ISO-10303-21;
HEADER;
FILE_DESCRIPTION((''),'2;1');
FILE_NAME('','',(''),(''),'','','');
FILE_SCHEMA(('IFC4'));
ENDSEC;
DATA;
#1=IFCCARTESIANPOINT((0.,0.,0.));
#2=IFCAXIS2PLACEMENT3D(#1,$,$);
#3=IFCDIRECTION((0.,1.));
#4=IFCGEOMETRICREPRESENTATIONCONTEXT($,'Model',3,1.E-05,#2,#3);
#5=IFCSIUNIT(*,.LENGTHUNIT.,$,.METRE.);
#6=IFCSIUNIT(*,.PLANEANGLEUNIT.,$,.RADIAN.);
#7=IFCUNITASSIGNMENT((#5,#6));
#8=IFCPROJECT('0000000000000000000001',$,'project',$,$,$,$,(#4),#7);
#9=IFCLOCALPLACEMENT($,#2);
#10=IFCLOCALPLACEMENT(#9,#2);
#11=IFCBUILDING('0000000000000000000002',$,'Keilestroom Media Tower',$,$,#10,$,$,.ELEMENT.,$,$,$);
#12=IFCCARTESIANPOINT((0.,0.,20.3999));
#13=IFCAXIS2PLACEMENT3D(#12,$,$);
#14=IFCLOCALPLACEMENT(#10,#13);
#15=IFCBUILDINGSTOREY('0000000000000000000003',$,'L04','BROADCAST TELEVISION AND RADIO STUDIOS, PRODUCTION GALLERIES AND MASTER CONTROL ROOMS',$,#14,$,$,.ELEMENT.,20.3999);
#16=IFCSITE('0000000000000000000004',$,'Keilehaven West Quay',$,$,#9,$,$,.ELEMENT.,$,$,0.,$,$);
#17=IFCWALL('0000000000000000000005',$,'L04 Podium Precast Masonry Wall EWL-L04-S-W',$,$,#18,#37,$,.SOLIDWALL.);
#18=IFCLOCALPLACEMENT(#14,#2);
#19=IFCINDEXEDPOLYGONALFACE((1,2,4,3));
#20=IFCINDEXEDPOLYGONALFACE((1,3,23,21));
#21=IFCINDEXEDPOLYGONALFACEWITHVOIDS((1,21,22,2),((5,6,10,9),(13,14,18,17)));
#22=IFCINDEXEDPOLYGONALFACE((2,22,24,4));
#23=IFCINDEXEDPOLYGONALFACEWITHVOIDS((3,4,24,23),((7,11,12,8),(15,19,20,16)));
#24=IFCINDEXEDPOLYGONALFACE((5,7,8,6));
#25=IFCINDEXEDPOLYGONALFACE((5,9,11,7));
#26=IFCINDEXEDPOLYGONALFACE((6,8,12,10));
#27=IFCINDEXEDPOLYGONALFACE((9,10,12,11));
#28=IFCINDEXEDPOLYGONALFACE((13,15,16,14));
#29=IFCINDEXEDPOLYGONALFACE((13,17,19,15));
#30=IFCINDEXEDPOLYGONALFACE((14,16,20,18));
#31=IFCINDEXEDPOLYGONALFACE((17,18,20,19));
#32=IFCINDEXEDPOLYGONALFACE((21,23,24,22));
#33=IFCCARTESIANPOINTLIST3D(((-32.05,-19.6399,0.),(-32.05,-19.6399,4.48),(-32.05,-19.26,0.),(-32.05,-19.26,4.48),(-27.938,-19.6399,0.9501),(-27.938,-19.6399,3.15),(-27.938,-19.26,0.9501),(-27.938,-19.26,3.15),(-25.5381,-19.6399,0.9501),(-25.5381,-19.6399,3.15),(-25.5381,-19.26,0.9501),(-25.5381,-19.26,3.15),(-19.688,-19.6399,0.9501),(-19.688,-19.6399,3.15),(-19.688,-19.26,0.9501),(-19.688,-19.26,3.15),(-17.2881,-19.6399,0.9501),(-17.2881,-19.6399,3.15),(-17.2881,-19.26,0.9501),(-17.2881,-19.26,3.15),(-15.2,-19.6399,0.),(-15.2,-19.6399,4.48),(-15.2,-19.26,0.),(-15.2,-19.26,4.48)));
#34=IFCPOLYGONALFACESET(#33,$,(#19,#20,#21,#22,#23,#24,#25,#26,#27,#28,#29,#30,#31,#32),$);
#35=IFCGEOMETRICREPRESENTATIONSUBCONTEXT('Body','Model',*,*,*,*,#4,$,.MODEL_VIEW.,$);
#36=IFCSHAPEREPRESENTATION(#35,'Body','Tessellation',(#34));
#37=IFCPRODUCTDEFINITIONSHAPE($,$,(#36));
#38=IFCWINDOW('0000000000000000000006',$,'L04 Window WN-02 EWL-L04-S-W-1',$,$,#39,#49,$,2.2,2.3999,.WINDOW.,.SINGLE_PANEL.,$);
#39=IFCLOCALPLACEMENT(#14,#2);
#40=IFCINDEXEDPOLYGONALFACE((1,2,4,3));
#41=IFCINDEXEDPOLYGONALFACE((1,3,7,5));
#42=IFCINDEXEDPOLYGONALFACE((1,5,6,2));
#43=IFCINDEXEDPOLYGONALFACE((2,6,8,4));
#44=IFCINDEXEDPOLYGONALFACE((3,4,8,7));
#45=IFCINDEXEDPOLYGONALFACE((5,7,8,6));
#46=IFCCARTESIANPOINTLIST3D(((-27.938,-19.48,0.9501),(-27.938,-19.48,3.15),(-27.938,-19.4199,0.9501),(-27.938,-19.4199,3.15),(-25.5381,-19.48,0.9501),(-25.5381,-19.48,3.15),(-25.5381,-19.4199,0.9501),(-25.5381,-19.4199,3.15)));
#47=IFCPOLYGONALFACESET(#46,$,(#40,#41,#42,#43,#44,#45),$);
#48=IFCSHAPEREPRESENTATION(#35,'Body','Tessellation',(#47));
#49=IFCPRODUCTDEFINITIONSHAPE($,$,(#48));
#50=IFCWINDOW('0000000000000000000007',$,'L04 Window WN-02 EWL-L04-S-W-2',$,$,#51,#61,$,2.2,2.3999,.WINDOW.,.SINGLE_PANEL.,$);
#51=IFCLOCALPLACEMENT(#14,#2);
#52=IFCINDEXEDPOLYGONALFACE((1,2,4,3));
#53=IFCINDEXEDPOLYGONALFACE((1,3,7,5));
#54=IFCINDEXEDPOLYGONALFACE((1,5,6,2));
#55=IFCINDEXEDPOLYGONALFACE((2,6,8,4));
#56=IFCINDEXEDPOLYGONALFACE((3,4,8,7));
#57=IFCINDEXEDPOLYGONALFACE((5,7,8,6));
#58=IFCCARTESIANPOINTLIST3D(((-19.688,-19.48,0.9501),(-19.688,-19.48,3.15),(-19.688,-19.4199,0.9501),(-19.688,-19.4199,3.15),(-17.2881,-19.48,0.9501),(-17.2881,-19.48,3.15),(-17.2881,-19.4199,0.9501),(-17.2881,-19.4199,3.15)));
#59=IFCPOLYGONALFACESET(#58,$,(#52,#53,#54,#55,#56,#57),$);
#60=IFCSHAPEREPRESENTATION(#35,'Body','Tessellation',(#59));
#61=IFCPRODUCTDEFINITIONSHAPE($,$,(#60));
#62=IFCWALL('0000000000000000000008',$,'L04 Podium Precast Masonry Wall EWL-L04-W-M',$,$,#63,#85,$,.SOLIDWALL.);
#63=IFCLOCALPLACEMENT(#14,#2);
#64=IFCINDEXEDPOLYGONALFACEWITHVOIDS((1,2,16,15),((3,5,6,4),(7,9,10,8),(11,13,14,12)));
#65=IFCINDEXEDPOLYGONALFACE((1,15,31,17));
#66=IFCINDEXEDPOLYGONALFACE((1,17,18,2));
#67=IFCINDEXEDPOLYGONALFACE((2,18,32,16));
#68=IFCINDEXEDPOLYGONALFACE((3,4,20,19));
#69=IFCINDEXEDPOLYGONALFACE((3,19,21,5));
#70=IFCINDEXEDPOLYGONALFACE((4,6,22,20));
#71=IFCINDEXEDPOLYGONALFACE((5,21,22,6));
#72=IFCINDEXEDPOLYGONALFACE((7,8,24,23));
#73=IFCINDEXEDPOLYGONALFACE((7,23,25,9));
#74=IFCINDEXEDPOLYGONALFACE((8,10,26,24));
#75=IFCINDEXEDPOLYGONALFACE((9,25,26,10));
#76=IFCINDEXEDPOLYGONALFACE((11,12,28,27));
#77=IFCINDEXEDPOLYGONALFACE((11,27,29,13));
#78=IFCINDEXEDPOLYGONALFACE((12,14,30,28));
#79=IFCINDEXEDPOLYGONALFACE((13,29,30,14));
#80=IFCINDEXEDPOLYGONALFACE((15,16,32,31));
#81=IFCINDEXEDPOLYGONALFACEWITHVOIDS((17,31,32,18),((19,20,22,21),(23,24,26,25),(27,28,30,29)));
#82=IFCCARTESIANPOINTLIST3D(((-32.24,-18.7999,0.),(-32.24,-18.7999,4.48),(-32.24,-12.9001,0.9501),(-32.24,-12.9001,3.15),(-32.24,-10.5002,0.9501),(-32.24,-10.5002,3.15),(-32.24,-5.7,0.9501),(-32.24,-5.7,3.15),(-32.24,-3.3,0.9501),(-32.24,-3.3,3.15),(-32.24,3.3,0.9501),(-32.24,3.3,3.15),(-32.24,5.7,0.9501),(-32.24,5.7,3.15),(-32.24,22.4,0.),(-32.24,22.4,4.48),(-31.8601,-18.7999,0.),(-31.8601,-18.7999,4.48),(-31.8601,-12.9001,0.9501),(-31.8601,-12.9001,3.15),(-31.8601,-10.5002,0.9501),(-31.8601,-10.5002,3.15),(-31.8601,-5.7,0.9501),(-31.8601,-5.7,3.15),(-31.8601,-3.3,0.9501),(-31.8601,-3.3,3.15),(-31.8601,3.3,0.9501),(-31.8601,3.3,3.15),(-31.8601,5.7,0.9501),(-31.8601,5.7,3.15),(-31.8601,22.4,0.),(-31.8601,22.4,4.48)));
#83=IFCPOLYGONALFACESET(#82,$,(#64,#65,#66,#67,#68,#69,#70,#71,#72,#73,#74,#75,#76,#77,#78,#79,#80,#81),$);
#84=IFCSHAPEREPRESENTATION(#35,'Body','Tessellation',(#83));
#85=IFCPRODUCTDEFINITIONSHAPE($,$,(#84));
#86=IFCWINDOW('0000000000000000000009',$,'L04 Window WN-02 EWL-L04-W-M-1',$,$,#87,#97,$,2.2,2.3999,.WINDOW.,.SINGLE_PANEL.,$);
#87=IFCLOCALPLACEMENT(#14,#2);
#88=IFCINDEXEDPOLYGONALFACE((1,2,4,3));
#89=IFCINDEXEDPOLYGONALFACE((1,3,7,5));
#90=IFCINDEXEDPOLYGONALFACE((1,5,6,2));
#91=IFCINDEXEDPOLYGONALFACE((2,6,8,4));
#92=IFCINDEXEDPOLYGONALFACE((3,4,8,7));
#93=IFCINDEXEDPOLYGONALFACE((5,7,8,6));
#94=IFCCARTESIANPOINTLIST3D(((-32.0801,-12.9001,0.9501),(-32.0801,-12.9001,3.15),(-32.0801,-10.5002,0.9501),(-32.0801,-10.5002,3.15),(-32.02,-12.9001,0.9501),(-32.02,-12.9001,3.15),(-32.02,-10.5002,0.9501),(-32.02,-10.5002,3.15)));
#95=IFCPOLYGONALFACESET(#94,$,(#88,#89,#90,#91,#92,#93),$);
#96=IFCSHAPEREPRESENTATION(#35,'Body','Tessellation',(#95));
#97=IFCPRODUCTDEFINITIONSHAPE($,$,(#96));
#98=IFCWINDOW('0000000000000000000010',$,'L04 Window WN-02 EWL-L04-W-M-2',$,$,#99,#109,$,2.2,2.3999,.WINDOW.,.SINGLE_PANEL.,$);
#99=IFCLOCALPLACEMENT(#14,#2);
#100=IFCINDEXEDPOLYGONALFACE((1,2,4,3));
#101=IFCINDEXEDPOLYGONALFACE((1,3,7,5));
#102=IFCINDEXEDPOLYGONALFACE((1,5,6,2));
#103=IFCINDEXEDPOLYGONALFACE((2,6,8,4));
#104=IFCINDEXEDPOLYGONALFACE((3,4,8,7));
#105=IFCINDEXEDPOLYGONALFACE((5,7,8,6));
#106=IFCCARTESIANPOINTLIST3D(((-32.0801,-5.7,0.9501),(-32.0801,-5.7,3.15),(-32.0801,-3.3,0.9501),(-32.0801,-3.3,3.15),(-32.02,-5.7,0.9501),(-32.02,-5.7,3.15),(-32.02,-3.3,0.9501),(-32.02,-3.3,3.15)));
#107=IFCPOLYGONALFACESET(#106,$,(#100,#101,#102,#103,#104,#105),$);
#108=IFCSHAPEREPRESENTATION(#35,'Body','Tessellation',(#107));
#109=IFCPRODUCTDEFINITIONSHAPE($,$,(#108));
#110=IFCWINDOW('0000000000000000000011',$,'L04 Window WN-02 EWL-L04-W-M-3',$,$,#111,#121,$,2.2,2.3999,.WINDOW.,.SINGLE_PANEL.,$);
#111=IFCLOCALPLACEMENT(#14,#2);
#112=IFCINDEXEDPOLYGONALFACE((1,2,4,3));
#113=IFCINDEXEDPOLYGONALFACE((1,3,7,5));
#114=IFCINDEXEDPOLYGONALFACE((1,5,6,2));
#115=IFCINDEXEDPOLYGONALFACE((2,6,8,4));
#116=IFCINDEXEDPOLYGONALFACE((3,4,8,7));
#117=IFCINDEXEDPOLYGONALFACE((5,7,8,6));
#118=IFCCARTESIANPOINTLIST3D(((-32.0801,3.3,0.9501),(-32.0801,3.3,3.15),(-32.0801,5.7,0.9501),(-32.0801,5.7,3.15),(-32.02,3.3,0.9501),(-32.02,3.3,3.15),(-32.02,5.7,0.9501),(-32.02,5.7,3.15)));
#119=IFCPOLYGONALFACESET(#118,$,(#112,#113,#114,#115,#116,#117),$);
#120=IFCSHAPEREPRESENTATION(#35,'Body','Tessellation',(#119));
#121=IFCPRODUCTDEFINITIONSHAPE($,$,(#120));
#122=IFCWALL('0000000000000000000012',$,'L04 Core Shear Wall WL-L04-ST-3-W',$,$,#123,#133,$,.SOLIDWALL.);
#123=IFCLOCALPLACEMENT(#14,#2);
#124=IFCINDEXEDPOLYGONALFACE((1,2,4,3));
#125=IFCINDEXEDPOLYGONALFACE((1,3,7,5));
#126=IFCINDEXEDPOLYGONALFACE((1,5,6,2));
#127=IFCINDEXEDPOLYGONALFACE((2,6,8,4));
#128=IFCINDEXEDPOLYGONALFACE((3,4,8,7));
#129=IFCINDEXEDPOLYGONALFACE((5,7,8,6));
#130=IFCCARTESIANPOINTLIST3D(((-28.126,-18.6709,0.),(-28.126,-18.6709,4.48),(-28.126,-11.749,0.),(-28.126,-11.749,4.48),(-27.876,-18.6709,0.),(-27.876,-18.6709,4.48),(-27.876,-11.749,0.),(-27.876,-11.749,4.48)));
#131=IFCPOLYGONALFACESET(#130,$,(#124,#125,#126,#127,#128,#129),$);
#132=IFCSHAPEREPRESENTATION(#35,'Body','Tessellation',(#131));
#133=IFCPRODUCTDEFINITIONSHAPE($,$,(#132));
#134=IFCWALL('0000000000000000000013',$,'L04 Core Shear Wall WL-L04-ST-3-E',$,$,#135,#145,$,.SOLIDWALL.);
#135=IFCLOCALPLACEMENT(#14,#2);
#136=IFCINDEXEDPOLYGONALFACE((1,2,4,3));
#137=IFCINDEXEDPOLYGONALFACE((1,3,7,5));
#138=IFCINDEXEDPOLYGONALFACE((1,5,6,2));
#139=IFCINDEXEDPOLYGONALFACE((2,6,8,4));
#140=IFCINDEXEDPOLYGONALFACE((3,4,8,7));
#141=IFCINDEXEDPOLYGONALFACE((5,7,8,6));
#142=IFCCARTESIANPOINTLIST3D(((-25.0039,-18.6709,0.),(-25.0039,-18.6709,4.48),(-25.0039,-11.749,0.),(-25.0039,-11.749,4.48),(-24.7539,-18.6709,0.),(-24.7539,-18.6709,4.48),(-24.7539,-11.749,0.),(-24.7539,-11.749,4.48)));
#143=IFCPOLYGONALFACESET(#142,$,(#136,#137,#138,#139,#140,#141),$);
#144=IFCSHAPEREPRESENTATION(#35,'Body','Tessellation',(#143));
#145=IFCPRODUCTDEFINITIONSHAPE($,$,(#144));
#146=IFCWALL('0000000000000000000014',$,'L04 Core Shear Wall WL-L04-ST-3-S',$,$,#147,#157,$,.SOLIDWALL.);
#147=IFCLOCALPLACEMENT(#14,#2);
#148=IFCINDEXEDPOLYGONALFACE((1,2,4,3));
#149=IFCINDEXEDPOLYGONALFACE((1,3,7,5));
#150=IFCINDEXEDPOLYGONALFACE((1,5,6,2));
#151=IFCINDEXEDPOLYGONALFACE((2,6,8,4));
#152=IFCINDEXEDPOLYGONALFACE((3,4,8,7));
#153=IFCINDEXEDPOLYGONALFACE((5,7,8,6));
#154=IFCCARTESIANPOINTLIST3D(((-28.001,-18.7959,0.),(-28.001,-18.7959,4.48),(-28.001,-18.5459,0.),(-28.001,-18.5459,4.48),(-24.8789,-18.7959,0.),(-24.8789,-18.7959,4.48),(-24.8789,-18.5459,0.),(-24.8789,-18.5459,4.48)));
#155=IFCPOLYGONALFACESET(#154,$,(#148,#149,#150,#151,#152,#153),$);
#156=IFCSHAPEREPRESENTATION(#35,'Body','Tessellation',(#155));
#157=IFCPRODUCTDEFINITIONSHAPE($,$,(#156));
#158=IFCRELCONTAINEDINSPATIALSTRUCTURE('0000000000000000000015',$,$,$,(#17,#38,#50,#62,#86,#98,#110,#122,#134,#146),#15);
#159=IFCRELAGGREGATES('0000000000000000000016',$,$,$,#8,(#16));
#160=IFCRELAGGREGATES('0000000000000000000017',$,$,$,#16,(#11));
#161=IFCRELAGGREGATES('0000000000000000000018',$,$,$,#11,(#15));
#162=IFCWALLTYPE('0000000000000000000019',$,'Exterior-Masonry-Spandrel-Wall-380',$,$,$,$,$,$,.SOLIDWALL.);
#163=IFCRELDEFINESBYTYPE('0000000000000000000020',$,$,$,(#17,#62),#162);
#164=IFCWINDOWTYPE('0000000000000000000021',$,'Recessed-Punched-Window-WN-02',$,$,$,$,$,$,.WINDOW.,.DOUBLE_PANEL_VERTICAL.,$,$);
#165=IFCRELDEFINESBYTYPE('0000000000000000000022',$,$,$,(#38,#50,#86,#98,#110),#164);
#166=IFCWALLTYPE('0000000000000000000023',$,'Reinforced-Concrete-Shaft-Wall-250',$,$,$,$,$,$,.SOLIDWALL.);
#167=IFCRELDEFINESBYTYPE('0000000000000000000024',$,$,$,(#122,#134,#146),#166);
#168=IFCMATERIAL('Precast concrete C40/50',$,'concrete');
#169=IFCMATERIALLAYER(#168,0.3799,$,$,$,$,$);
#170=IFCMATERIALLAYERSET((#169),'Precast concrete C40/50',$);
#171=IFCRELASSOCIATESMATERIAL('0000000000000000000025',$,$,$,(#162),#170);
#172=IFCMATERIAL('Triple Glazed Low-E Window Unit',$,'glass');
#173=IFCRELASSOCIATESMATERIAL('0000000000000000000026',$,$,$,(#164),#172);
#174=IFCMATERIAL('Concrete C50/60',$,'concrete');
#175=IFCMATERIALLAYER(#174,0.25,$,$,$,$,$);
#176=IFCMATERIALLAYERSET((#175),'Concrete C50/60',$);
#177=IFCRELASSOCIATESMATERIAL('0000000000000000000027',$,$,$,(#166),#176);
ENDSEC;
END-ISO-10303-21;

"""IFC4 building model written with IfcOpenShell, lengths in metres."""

from ifc_helpers import new_model, si_unit, direction, frame, frame_2d, origin, place, context, subcontext, project, spatial, rectangle, extrude, source, transform, mapped, material, layer, layer_set, type_object, element, fill, save


model = new_model("IFC4")

# Units and contexts
model_context = context("Model", 3, precision=1e-05, world=origin(), true_north=direction((0.0, 1.0)))
body_context = subcontext(model_context, "Body", "Model", "MODEL_VIEW")
ifc_project = project(units=[si_unit("LENGTHUNIT", "METRE"), si_unit("PLANEANGLEUNIT", "RADIAN")], contexts=[model_context])

# Site, building, storey
site_placement = place(None, origin())
site = spatial("IfcSite", under=ifc_project, at=site_placement, Name="Keilehaven West Quay", CompositionType="ELEMENT", RefElevation=0.0)
building_placement = place(site_placement, origin())
building = spatial("IfcBuilding", under=site, at=building_placement, Name="Keilestroom Media Tower", CompositionType="ELEMENT")
storey_placement = place(building_placement, frame((0.0, 0.0, 20.3999)))
storey = spatial("IfcBuildingStorey", under=building, at=storey_placement, Name="L04", Description="BROADCAST TELEVISION AND RADIO STUDIOS, PRODUCTION GALLERIES AND MASTER CONTROL ROOMS", CompositionType="ELEMENT", Elevation=20.3999)

# Shared definitions
ifc_material_1 = material(Name="Precast concrete C40/50", Category="concrete")

# Walls, openings, windows
ifc_layer_1 = layer(ifc_material_1, 0.3799)
ifc_layer_set_1 = layer_set([ifc_layer_1], Name="Precast concrete C40/50")
wall_type_1 = type_object("IfcWallType", Name="Exterior-Masonry-Spandrel-Wall-380", PredefinedType="SOLIDWALL", material=ifc_layer_set_1)
wall_1_placement = place(storey_placement, frame((-32.05, -19.45, 0.0), z_axis=(0.0, 0.0, 1.0), x_axis=(1.0, 0.0, 0.0)))
wall_1 = element("IfcWall", 1, at=wall_1_placement, inside=storey, type_object=wall_type_1, Name="L04 Podium Precast Masonry Wall EWL-L04-S-W", PredefinedType="SOLIDWALL", context=body_context, shape_type="SweptSolid", body=[
    extrude(rectangle(XDim=16.8501, YDim=0.3799, at=frame_2d((8.425, 0.0))), origin(), (0.0, 0.0, 1.0), 4.48),
])
opening_1_placement = place(wall_1_placement, frame((4.1121, 0.0, 0.95)))
opening_1 = element("IfcOpeningElement", 2, at=opening_1_placement, cuts=wall_1, PredefinedType="OPENING", context=body_context, shape_type="SweptSolid", body=[
    extrude(rectangle(XDim=2.3999, YDim=2.2, at=frame_2d((1.2, 1.1001))), frame((0.0, 0.2, 0.0), z_axis=(0.0, -1.0, 0.0), x_axis=(1.0, 0.0, 0.0)), (0.0, 0.0, 1.0), 0.3999),
])
opening_2_placement = place(wall_1_placement, frame((12.3621, 0.0, 0.95)))
opening_2 = element("IfcOpeningElement", 3, at=opening_2_placement, cuts=wall_1, PredefinedType="OPENING", context=body_context, shape_type="SweptSolid", body=[
    extrude(rectangle(XDim=2.3999, YDim=2.2, at=frame_2d((1.2, 1.1001))), frame((0.0, 0.2, 0.0), z_axis=(0.0, -1.0, 0.0), x_axis=(1.0, 0.0, 0.0)), (0.0, 0.0, 1.0), 0.3999),
])
ifc_material_2 = material(Name="Triple Glazed Low-E Window Unit", Category="glass")
window_type = type_object("IfcWindowType", Name="Recessed-Punched-Window-WN-02", PartitioningType="DOUBLE_PANEL_VERTICAL", PredefinedType="WINDOW", material=ifc_material_2)
shared_shape_1 = source(origin(), body_context, "Body", "SweptSolid", [
    extrude(rectangle(XDim=2.3999, YDim=2.2, at=frame_2d((1.2, 1.1001))), frame((0.0, 0.03, 0.0), z_axis=(0.0, -1.0, 0.0), x_axis=(1.0, 0.0, 0.0)), (0.0, 0.0, 1.0), 0.0601),
])
window_1_placement = place(opening_1_placement, origin())
window_1 = element("IfcWindow", 4, at=window_1_placement, inside=storey, type_object=window_type, Name="L04 Window WN-02 EWL-L04-S-W-1", OverallHeight=2.2, OverallWidth=2.3999, PartitioningType="SINGLE_PANEL", PredefinedType="WINDOW", context=body_context, shape_type="MappedRepresentation", body=[
    mapped(shared_shape_1, transform((0.0, 0.0, 0.0), x_axis=(1.0, 0.0, 0.0), y_axis=(0.0, 1.0, 0.0), z_axis=(0.0, 0.0, 1.0), scale=1.0)),
])
fill(opening_1, window_1)
window_2_placement = place(opening_2_placement, origin())
window_2 = element("IfcWindow", 5, at=window_2_placement, inside=storey, type_object=window_type, Name="L04 Window WN-02 EWL-L04-S-W-2", OverallHeight=2.2, OverallWidth=2.3999, PartitioningType="SINGLE_PANEL", PredefinedType="WINDOW", context=body_context, shape_type="MappedRepresentation", body=[
    mapped(shared_shape_1, transform((0.0, 0.0, 0.0), x_axis=(1.0, 0.0, 0.0), y_axis=(0.0, 1.0, 0.0), z_axis=(0.0, 0.0, 1.0), scale=1.0)),
])
fill(opening_2, window_2)
wall_2_placement = place(storey_placement, frame((-32.05, -18.8, 0.0), z_axis=(0.0, 0.0, 1.0), x_axis=(0.0, 1.0, 0.0)))
wall_2 = element("IfcWall", 6, at=wall_2_placement, inside=storey, type_object=wall_type_1, Name="L04 Podium Precast Masonry Wall EWL-L04-W-M", PredefinedType="SOLIDWALL", context=body_context, shape_type="SweptSolid", body=[
    extrude(rectangle(XDim=41.2, YDim=0.3799, at=frame_2d((20.6001, 0.0))), origin(), (0.0, 0.0, 1.0), 4.48),
])
opening_3_placement = place(wall_2_placement, frame((5.8999, 0.0, 0.95)))
opening_3 = element("IfcOpeningElement", 7, at=opening_3_placement, cuts=wall_2, PredefinedType="OPENING", context=body_context, shape_type="SweptSolid", body=[
    extrude(rectangle(XDim=2.3999, YDim=2.2, at=frame_2d((1.2, 1.1001))), frame((0.0, 0.2, 0.0), z_axis=(0.0, -1.0, 0.0), x_axis=(1.0, 0.0, 0.0)), (0.0, 0.0, 1.0), 0.3999),
])
opening_4_placement = place(wall_2_placement, frame((13.1001, 0.0, 0.95)))
opening_4 = element("IfcOpeningElement", 8, at=opening_4_placement, cuts=wall_2, PredefinedType="OPENING", context=body_context, shape_type="SweptSolid", body=[
    extrude(rectangle(XDim=2.3999, YDim=2.2, at=frame_2d((1.2, 1.1001))), frame((0.0, 0.2, 0.0), z_axis=(0.0, -1.0, 0.0), x_axis=(1.0, 0.0, 0.0)), (0.0, 0.0, 1.0), 0.3999),
])
opening_5_placement = place(wall_2_placement, frame((22.1001, 0.0, 0.95)))
opening_5 = element("IfcOpeningElement", 9, at=opening_5_placement, cuts=wall_2, PredefinedType="OPENING", context=body_context, shape_type="SweptSolid", body=[
    extrude(rectangle(XDim=2.3999, YDim=2.2, at=frame_2d((1.2, 1.1001))), frame((0.0, 0.2, 0.0), z_axis=(0.0, -1.0, 0.0), x_axis=(1.0, 0.0, 0.0)), (0.0, 0.0, 1.0), 0.3999),
])
window_3_placement = place(opening_3_placement, origin())
window_3 = element("IfcWindow", 10, at=window_3_placement, inside=storey, type_object=window_type, Name="L04 Window WN-02 EWL-L04-W-M-1", OverallHeight=2.2, OverallWidth=2.3999, PartitioningType="SINGLE_PANEL", PredefinedType="WINDOW", context=body_context, shape_type="MappedRepresentation", body=[
    mapped(shared_shape_1, transform((0.0, 0.0, 0.0), x_axis=(1.0, 0.0, 0.0), y_axis=(0.0, 1.0, 0.0), z_axis=(0.0, 0.0, 1.0), scale=1.0)),
])
fill(opening_3, window_3)
window_4_placement = place(opening_4_placement, origin())
window_4 = element("IfcWindow", 11, at=window_4_placement, inside=storey, type_object=window_type, Name="L04 Window WN-02 EWL-L04-W-M-2", OverallHeight=2.2, OverallWidth=2.3999, PartitioningType="SINGLE_PANEL", PredefinedType="WINDOW", context=body_context, shape_type="MappedRepresentation", body=[
    mapped(shared_shape_1, transform((0.0, 0.0, 0.0), x_axis=(1.0, 0.0, 0.0), y_axis=(0.0, 1.0, 0.0), z_axis=(0.0, 0.0, 1.0), scale=1.0)),
])
fill(opening_4, window_4)
window_5_placement = place(opening_5_placement, origin())
window_5 = element("IfcWindow", 12, at=window_5_placement, inside=storey, type_object=window_type, Name="L04 Window WN-02 EWL-L04-W-M-3", OverallHeight=2.2, OverallWidth=2.3999, PartitioningType="SINGLE_PANEL", PredefinedType="WINDOW", context=body_context, shape_type="MappedRepresentation", body=[
    mapped(shared_shape_1, transform((0.0, 0.0, 0.0), x_axis=(1.0, 0.0, 0.0), y_axis=(0.0, 1.0, 0.0), z_axis=(0.0, 0.0, 1.0), scale=1.0)),
])
fill(opening_5, window_5)

# Walls
ifc_material_3 = material(Name="Concrete C50/60", Category="concrete")
ifc_layer_2 = layer(ifc_material_3, 0.25)
ifc_layer_set_2 = layer_set([ifc_layer_2], Name="Concrete C50/60")
wall_type_2 = type_object("IfcWallType", Name="Reinforced-Concrete-Shaft-Wall-250", PredefinedType="SOLIDWALL", material=ifc_layer_set_2)
for number, where, z_axis, x_axis, name in (
    (13, (-28.001, -18.6709, 0.0), (0.0, 0.0, 1.0), (0.0, 1.0, 0.0), "L04 Core Shear Wall WL-L04-ST-3-W"),
    (14, (-24.8789, -18.6709, 0.0), (0.0, 0.0, 1.0), (0.0, 1.0, 0.0), "L04 Core Shear Wall WL-L04-ST-3-E"),
):
    element("IfcWall", number, at=place(storey_placement, frame(where, z_axis=z_axis, x_axis=x_axis)), inside=storey, type_object=wall_type_2, Name=name, PredefinedType="SOLIDWALL", context=body_context, shape_type="SweptSolid", body=[
        extrude(rectangle(XDim=6.9219, YDim=0.25, at=frame_2d((3.4609, 0.0))), origin(), (0.0, 0.0, 1.0), 4.48),
    ])
wall_3_placement = place(storey_placement, frame((-28.001, -18.6709, 0.0), z_axis=(0.0, 0.0, 1.0), x_axis=(1.0, 0.0, 0.0)))
element("IfcWall", 15, at=wall_3_placement, inside=storey, type_object=wall_type_2, Name="L04 Core Shear Wall WL-L04-ST-3-S", PredefinedType="SOLIDWALL", context=body_context, shape_type="SweptSolid", body=[
    extrude(rectangle(XDim=3.1221, YDim=0.25, at=frame_2d((1.561, 0.0))), origin(), (0.0, 0.0, 1.0), 4.48),
])

save(model, "model.ifc")
